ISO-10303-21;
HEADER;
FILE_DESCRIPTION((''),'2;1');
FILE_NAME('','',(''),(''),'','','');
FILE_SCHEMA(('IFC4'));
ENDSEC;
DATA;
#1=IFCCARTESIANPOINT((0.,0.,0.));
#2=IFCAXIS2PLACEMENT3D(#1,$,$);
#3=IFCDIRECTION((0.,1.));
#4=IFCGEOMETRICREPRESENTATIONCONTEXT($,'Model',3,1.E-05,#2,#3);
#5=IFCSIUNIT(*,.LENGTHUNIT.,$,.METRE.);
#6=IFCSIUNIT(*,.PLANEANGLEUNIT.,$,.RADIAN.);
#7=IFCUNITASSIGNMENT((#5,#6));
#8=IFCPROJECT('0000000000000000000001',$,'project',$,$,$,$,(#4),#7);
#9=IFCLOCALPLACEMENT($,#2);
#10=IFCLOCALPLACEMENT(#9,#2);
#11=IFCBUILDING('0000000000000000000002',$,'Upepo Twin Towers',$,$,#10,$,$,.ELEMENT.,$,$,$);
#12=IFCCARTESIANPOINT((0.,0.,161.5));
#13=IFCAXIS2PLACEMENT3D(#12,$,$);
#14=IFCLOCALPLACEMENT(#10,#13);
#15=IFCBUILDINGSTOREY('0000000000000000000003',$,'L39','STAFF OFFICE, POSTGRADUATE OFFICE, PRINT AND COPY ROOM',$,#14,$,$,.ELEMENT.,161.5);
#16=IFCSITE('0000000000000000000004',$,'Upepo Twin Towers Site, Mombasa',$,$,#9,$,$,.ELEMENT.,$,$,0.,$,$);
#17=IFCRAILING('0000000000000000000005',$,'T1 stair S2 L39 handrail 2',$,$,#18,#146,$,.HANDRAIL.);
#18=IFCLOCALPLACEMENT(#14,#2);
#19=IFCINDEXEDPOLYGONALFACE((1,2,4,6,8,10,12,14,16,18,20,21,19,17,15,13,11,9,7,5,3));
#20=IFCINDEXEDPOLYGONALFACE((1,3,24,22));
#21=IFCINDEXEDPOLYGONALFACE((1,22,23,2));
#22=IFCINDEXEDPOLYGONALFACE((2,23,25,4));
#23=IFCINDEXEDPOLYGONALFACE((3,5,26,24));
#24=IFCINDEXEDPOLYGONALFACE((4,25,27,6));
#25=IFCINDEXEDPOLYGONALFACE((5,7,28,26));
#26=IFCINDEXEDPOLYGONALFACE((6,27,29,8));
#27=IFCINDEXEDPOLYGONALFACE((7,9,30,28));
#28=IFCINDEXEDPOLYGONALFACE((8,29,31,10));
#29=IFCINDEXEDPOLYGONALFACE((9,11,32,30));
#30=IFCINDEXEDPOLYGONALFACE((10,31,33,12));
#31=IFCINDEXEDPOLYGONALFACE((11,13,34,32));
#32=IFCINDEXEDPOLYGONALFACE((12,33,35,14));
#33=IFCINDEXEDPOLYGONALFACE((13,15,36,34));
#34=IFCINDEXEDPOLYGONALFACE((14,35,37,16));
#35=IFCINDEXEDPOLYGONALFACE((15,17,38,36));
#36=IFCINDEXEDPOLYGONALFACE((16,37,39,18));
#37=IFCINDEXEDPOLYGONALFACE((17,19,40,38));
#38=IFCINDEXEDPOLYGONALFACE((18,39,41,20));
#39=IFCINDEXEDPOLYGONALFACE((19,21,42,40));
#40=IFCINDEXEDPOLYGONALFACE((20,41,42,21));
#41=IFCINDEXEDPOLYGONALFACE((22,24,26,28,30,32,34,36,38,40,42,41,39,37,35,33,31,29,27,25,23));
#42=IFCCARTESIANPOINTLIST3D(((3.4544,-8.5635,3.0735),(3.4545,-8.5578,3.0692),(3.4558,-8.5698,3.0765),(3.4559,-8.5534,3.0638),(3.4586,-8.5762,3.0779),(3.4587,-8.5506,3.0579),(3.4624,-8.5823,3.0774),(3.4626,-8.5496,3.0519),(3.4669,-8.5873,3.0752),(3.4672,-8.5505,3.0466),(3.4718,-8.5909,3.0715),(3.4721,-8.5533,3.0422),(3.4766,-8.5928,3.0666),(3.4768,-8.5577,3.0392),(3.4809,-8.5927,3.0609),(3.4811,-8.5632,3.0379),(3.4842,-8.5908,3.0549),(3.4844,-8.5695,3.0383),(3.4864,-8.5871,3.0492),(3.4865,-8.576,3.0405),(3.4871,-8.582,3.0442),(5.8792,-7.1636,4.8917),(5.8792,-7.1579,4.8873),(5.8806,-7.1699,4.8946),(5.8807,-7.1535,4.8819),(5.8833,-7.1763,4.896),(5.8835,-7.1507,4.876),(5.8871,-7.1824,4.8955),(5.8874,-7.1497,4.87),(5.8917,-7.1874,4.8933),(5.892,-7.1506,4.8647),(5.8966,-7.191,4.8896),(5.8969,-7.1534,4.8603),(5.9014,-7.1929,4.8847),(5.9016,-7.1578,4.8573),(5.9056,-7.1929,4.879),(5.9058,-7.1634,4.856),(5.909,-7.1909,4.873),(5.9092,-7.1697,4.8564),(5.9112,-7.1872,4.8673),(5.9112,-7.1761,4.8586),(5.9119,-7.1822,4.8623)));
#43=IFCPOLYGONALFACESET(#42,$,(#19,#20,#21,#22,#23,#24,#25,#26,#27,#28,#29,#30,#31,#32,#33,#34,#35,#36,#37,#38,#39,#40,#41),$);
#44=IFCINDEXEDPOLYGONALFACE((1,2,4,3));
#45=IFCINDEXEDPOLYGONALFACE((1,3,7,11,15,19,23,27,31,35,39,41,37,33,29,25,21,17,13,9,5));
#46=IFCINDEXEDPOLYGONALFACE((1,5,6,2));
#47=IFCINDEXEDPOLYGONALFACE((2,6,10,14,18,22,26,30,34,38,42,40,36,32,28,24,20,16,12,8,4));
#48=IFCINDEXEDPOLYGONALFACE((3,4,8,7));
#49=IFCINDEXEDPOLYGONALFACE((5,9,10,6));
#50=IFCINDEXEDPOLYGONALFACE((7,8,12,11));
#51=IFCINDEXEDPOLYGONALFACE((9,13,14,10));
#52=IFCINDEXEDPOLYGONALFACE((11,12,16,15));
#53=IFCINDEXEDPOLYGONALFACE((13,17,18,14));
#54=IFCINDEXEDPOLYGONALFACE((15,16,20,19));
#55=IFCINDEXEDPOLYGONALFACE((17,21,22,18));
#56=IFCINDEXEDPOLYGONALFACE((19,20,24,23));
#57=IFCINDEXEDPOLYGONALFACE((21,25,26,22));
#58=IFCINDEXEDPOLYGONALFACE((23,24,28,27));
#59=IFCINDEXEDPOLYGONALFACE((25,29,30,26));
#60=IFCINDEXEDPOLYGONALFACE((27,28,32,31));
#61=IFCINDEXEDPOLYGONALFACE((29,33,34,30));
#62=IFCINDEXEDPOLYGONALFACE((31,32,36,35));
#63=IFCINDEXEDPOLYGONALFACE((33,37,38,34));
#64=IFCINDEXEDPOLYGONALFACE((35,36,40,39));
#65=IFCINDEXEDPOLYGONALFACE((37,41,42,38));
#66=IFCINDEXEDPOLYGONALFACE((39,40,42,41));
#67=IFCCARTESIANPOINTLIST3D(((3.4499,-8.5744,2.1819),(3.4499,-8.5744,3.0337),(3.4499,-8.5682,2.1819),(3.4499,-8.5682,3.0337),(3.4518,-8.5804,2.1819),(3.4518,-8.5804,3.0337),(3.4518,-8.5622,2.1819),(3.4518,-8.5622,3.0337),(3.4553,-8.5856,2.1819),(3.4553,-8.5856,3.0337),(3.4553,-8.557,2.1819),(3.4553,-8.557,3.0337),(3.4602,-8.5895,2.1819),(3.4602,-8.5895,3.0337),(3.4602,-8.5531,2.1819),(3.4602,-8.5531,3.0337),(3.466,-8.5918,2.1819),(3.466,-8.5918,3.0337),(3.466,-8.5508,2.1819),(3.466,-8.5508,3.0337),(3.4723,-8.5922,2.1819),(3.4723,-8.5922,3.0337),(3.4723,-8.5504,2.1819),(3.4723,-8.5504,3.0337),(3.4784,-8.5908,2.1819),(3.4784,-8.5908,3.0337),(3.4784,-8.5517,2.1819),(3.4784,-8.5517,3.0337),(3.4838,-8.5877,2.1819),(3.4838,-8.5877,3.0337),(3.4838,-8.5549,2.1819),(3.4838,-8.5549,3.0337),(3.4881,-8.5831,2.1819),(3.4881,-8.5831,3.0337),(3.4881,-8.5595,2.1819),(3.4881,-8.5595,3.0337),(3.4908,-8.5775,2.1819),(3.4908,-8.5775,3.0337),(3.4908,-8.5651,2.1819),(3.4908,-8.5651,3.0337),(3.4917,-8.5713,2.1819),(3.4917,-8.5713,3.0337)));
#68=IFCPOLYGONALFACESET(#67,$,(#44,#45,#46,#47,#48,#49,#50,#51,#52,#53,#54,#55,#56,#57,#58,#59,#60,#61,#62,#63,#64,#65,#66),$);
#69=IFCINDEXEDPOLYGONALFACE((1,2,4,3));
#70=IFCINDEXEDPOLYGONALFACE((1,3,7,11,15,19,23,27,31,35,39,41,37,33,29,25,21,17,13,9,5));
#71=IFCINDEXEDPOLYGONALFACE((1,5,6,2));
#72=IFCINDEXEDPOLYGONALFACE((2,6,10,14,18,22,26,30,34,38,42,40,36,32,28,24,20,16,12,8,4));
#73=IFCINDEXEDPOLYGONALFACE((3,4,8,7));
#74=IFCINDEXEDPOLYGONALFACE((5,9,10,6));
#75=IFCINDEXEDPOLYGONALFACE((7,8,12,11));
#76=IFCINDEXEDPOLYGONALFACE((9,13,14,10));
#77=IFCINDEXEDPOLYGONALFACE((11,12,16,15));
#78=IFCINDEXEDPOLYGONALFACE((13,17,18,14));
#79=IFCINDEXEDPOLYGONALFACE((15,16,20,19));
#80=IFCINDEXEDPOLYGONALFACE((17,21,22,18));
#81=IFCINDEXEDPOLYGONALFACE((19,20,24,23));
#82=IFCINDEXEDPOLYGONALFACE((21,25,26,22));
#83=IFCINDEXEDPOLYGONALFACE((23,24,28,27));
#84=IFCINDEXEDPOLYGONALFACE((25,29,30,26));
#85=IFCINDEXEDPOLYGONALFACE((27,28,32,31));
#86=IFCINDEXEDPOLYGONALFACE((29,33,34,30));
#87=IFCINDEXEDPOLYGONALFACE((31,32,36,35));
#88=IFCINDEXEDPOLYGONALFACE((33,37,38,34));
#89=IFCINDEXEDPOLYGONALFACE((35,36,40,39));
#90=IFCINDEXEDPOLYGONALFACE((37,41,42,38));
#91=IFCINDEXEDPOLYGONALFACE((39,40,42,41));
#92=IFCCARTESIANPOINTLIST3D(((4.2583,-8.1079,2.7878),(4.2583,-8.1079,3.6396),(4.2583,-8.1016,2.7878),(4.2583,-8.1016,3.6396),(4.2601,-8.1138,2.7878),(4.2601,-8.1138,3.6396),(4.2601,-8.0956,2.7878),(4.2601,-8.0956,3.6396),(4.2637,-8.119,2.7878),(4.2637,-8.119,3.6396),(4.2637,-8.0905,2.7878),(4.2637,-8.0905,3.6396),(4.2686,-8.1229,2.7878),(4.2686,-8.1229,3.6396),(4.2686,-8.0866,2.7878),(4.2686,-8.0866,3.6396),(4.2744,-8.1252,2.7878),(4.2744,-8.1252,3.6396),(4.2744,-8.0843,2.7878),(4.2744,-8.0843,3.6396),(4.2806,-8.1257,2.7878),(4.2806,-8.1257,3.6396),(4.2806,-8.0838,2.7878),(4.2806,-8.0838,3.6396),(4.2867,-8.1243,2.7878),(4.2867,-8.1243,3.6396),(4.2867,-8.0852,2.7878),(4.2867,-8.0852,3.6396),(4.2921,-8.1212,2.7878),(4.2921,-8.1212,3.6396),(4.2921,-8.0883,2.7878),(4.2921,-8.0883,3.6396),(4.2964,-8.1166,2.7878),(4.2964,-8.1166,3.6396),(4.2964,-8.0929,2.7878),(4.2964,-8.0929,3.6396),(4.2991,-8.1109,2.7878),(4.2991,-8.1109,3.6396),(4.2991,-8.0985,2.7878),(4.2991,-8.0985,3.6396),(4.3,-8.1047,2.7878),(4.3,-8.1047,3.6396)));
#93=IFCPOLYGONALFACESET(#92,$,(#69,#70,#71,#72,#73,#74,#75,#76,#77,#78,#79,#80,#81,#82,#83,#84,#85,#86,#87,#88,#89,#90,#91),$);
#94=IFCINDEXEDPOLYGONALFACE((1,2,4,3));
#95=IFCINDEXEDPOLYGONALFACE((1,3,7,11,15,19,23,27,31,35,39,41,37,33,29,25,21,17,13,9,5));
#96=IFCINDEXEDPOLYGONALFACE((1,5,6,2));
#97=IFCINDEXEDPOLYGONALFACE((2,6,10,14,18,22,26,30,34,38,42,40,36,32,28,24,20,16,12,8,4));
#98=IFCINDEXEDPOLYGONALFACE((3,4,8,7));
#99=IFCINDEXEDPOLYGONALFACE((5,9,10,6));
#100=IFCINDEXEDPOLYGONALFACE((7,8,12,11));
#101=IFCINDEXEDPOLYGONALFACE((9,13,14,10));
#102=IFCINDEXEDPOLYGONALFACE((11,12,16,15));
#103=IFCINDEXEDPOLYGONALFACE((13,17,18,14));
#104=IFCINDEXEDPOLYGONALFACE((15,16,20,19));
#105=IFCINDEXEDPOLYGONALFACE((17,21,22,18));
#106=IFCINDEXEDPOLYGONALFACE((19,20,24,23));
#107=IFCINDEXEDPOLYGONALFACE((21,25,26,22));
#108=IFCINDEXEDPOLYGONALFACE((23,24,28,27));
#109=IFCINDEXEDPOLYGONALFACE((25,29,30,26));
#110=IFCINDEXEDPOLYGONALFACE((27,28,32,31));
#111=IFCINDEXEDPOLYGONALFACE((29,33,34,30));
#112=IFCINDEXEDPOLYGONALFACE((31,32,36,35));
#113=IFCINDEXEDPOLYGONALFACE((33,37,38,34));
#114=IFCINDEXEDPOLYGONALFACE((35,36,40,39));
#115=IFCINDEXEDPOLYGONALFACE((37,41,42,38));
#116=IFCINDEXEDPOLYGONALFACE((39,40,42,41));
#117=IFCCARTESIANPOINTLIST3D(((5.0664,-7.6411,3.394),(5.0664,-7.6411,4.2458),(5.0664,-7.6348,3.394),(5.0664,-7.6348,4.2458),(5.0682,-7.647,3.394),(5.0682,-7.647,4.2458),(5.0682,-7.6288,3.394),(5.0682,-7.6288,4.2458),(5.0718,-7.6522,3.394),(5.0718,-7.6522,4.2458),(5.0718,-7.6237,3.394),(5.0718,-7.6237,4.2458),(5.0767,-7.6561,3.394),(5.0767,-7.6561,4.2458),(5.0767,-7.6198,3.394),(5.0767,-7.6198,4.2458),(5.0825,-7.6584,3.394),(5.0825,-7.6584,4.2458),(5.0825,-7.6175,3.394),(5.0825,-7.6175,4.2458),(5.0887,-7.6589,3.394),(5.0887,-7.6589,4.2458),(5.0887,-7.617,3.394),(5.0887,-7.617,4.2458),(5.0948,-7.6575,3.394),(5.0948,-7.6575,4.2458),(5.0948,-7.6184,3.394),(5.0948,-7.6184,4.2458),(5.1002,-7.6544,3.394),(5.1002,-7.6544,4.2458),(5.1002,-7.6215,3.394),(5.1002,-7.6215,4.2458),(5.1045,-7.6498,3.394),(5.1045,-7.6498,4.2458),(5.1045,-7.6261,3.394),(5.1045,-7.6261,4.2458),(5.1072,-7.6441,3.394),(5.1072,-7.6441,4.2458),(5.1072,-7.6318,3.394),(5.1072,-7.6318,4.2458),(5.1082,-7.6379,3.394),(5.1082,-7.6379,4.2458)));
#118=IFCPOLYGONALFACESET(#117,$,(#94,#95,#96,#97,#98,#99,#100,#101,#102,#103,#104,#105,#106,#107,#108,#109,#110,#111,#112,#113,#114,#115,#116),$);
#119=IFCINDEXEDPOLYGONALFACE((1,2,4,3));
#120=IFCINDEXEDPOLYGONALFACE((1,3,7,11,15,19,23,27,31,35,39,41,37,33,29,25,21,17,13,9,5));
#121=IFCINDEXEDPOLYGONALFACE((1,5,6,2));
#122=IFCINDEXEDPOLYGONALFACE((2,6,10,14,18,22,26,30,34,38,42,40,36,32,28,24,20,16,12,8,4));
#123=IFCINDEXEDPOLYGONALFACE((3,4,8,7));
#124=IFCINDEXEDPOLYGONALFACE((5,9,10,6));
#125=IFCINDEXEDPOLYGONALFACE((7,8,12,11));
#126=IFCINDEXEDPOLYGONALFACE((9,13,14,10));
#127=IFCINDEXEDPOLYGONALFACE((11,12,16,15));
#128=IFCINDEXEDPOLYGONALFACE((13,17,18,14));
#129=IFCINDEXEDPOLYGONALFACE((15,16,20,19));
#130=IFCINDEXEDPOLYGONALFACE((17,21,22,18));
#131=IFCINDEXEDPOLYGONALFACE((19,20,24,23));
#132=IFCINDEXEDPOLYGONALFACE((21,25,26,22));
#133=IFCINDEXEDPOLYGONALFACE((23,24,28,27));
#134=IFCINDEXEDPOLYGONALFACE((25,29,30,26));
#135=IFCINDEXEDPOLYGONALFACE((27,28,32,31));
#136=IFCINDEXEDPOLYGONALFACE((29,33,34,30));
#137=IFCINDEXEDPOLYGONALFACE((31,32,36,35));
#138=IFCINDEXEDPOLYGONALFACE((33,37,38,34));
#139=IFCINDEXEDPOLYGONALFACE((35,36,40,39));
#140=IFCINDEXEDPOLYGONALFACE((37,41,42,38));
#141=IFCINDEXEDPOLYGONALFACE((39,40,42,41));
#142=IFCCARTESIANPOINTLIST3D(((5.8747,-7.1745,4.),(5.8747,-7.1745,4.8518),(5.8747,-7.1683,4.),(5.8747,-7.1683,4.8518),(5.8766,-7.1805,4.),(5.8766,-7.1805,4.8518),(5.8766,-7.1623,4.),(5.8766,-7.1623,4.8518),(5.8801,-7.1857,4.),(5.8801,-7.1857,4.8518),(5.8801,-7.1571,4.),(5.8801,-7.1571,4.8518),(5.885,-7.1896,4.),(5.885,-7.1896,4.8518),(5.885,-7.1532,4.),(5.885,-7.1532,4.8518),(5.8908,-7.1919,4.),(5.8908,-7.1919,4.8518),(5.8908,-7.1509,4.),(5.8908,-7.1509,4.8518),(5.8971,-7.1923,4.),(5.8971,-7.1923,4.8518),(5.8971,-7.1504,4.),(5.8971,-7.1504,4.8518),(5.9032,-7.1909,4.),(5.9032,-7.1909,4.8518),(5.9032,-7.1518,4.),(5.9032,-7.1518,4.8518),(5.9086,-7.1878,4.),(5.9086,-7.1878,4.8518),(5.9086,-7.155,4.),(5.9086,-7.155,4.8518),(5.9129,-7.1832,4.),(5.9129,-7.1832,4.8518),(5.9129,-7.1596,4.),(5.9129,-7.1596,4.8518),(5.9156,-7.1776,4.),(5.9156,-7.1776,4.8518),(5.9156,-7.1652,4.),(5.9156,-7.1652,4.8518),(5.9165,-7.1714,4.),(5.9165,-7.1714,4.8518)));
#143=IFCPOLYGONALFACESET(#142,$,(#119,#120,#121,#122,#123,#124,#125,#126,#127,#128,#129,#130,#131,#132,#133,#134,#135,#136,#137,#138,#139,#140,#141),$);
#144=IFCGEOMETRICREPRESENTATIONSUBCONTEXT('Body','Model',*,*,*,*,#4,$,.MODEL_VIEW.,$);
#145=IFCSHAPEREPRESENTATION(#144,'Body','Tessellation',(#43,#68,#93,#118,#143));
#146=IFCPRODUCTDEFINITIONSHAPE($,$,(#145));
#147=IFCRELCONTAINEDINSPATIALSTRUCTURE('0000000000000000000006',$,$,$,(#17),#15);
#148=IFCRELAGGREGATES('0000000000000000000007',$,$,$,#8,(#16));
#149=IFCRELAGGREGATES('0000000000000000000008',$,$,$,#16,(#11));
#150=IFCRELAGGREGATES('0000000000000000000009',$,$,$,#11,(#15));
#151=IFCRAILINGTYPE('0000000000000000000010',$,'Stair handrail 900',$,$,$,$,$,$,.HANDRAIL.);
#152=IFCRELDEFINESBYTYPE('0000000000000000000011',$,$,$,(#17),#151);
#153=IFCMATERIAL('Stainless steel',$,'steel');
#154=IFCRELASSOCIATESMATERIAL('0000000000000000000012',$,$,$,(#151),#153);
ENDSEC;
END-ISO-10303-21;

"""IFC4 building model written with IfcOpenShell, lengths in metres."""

from ifc_helpers import new_model, si_unit, direction, frame, origin, origin_2d, place, context, subcontext, project, spatial, circle, extrude, material, type_object, element, save


model = new_model("IFC4")

# Units and contexts
model_context = context("Model", 3, precision=1e-05, world=origin(), true_north=direction((0.0, 1.0)))
body_context = subcontext(model_context, "Body", "Model", "MODEL_VIEW")
ifc_project = project(units=[si_unit("LENGTHUNIT", "METRE"), si_unit("PLANEANGLEUNIT", "RADIAN")], contexts=[model_context])

# Site, building, storey
site_placement = place(None, origin())
site = spatial("IfcSite", under=ifc_project, at=site_placement, Name="Upepo Twin Towers Site, Mombasa", CompositionType="ELEMENT", RefElevation=0.0)
building_placement = place(site_placement, origin())
building = spatial("IfcBuilding", under=site, at=building_placement, Name="Upepo Twin Towers", CompositionType="ELEMENT")
storey_placement = place(building_placement, frame((0.0, 0.0, 161.5)))
storey = spatial("IfcBuildingStorey", under=building, at=storey_placement, Name="L39", Description="STAFF OFFICE, POSTGRADUATE OFFICE, PRINT AND COPY ROOM", CompositionType="ELEMENT", Elevation=161.5)

# Railing
ifc_material_1 = material(Name="Stainless steel", Category="steel")
railing_type = type_object("IfcRailingType", Name="Stair handrail 900", PredefinedType="HANDRAIL", material=ifc_material_1)
railing_1_placement = place(storey_placement, frame((3.4707, -8.5713, 2.1819)))
element("IfcRailing", 1, at=railing_1_placement, inside=storey, type_object=railing_type, Name="T1 stair S2 L39 handrail 2", PredefinedType="HANDRAIL", context=body_context, shape_type="SweptSolid", body=[
    extrude(circle(Radius=0.0239, at=origin_2d()), frame((0.0, 0.0, 0.876), z_axis=(0.726336, 0.419333, 0.544606), x_axis=(-0.499984, 0.866035, 0.0)), (0.0, 0.0, 1.0), 3.3384),
    extrude(circle(Radius=0.021, at=origin_2d()), origin(), (0.0, 0.0, 1.0), 0.8518),
    extrude(circle(Radius=0.021, at=origin_2d()), frame((0.8083, 0.4666, 0.606)), (0.0, 0.0, 1.0), 0.8518),
    extrude(circle(Radius=0.021, at=origin_2d()), frame((1.6165, 0.9333, 1.2122)), (0.0, 0.0, 1.0), 0.8518),
    extrude(circle(Radius=0.021, at=origin_2d()), frame((2.4248, 1.3999, 1.8181)), (0.0, 0.0, 1.0), 0.8518),
])

save(model, "model.ifc")
